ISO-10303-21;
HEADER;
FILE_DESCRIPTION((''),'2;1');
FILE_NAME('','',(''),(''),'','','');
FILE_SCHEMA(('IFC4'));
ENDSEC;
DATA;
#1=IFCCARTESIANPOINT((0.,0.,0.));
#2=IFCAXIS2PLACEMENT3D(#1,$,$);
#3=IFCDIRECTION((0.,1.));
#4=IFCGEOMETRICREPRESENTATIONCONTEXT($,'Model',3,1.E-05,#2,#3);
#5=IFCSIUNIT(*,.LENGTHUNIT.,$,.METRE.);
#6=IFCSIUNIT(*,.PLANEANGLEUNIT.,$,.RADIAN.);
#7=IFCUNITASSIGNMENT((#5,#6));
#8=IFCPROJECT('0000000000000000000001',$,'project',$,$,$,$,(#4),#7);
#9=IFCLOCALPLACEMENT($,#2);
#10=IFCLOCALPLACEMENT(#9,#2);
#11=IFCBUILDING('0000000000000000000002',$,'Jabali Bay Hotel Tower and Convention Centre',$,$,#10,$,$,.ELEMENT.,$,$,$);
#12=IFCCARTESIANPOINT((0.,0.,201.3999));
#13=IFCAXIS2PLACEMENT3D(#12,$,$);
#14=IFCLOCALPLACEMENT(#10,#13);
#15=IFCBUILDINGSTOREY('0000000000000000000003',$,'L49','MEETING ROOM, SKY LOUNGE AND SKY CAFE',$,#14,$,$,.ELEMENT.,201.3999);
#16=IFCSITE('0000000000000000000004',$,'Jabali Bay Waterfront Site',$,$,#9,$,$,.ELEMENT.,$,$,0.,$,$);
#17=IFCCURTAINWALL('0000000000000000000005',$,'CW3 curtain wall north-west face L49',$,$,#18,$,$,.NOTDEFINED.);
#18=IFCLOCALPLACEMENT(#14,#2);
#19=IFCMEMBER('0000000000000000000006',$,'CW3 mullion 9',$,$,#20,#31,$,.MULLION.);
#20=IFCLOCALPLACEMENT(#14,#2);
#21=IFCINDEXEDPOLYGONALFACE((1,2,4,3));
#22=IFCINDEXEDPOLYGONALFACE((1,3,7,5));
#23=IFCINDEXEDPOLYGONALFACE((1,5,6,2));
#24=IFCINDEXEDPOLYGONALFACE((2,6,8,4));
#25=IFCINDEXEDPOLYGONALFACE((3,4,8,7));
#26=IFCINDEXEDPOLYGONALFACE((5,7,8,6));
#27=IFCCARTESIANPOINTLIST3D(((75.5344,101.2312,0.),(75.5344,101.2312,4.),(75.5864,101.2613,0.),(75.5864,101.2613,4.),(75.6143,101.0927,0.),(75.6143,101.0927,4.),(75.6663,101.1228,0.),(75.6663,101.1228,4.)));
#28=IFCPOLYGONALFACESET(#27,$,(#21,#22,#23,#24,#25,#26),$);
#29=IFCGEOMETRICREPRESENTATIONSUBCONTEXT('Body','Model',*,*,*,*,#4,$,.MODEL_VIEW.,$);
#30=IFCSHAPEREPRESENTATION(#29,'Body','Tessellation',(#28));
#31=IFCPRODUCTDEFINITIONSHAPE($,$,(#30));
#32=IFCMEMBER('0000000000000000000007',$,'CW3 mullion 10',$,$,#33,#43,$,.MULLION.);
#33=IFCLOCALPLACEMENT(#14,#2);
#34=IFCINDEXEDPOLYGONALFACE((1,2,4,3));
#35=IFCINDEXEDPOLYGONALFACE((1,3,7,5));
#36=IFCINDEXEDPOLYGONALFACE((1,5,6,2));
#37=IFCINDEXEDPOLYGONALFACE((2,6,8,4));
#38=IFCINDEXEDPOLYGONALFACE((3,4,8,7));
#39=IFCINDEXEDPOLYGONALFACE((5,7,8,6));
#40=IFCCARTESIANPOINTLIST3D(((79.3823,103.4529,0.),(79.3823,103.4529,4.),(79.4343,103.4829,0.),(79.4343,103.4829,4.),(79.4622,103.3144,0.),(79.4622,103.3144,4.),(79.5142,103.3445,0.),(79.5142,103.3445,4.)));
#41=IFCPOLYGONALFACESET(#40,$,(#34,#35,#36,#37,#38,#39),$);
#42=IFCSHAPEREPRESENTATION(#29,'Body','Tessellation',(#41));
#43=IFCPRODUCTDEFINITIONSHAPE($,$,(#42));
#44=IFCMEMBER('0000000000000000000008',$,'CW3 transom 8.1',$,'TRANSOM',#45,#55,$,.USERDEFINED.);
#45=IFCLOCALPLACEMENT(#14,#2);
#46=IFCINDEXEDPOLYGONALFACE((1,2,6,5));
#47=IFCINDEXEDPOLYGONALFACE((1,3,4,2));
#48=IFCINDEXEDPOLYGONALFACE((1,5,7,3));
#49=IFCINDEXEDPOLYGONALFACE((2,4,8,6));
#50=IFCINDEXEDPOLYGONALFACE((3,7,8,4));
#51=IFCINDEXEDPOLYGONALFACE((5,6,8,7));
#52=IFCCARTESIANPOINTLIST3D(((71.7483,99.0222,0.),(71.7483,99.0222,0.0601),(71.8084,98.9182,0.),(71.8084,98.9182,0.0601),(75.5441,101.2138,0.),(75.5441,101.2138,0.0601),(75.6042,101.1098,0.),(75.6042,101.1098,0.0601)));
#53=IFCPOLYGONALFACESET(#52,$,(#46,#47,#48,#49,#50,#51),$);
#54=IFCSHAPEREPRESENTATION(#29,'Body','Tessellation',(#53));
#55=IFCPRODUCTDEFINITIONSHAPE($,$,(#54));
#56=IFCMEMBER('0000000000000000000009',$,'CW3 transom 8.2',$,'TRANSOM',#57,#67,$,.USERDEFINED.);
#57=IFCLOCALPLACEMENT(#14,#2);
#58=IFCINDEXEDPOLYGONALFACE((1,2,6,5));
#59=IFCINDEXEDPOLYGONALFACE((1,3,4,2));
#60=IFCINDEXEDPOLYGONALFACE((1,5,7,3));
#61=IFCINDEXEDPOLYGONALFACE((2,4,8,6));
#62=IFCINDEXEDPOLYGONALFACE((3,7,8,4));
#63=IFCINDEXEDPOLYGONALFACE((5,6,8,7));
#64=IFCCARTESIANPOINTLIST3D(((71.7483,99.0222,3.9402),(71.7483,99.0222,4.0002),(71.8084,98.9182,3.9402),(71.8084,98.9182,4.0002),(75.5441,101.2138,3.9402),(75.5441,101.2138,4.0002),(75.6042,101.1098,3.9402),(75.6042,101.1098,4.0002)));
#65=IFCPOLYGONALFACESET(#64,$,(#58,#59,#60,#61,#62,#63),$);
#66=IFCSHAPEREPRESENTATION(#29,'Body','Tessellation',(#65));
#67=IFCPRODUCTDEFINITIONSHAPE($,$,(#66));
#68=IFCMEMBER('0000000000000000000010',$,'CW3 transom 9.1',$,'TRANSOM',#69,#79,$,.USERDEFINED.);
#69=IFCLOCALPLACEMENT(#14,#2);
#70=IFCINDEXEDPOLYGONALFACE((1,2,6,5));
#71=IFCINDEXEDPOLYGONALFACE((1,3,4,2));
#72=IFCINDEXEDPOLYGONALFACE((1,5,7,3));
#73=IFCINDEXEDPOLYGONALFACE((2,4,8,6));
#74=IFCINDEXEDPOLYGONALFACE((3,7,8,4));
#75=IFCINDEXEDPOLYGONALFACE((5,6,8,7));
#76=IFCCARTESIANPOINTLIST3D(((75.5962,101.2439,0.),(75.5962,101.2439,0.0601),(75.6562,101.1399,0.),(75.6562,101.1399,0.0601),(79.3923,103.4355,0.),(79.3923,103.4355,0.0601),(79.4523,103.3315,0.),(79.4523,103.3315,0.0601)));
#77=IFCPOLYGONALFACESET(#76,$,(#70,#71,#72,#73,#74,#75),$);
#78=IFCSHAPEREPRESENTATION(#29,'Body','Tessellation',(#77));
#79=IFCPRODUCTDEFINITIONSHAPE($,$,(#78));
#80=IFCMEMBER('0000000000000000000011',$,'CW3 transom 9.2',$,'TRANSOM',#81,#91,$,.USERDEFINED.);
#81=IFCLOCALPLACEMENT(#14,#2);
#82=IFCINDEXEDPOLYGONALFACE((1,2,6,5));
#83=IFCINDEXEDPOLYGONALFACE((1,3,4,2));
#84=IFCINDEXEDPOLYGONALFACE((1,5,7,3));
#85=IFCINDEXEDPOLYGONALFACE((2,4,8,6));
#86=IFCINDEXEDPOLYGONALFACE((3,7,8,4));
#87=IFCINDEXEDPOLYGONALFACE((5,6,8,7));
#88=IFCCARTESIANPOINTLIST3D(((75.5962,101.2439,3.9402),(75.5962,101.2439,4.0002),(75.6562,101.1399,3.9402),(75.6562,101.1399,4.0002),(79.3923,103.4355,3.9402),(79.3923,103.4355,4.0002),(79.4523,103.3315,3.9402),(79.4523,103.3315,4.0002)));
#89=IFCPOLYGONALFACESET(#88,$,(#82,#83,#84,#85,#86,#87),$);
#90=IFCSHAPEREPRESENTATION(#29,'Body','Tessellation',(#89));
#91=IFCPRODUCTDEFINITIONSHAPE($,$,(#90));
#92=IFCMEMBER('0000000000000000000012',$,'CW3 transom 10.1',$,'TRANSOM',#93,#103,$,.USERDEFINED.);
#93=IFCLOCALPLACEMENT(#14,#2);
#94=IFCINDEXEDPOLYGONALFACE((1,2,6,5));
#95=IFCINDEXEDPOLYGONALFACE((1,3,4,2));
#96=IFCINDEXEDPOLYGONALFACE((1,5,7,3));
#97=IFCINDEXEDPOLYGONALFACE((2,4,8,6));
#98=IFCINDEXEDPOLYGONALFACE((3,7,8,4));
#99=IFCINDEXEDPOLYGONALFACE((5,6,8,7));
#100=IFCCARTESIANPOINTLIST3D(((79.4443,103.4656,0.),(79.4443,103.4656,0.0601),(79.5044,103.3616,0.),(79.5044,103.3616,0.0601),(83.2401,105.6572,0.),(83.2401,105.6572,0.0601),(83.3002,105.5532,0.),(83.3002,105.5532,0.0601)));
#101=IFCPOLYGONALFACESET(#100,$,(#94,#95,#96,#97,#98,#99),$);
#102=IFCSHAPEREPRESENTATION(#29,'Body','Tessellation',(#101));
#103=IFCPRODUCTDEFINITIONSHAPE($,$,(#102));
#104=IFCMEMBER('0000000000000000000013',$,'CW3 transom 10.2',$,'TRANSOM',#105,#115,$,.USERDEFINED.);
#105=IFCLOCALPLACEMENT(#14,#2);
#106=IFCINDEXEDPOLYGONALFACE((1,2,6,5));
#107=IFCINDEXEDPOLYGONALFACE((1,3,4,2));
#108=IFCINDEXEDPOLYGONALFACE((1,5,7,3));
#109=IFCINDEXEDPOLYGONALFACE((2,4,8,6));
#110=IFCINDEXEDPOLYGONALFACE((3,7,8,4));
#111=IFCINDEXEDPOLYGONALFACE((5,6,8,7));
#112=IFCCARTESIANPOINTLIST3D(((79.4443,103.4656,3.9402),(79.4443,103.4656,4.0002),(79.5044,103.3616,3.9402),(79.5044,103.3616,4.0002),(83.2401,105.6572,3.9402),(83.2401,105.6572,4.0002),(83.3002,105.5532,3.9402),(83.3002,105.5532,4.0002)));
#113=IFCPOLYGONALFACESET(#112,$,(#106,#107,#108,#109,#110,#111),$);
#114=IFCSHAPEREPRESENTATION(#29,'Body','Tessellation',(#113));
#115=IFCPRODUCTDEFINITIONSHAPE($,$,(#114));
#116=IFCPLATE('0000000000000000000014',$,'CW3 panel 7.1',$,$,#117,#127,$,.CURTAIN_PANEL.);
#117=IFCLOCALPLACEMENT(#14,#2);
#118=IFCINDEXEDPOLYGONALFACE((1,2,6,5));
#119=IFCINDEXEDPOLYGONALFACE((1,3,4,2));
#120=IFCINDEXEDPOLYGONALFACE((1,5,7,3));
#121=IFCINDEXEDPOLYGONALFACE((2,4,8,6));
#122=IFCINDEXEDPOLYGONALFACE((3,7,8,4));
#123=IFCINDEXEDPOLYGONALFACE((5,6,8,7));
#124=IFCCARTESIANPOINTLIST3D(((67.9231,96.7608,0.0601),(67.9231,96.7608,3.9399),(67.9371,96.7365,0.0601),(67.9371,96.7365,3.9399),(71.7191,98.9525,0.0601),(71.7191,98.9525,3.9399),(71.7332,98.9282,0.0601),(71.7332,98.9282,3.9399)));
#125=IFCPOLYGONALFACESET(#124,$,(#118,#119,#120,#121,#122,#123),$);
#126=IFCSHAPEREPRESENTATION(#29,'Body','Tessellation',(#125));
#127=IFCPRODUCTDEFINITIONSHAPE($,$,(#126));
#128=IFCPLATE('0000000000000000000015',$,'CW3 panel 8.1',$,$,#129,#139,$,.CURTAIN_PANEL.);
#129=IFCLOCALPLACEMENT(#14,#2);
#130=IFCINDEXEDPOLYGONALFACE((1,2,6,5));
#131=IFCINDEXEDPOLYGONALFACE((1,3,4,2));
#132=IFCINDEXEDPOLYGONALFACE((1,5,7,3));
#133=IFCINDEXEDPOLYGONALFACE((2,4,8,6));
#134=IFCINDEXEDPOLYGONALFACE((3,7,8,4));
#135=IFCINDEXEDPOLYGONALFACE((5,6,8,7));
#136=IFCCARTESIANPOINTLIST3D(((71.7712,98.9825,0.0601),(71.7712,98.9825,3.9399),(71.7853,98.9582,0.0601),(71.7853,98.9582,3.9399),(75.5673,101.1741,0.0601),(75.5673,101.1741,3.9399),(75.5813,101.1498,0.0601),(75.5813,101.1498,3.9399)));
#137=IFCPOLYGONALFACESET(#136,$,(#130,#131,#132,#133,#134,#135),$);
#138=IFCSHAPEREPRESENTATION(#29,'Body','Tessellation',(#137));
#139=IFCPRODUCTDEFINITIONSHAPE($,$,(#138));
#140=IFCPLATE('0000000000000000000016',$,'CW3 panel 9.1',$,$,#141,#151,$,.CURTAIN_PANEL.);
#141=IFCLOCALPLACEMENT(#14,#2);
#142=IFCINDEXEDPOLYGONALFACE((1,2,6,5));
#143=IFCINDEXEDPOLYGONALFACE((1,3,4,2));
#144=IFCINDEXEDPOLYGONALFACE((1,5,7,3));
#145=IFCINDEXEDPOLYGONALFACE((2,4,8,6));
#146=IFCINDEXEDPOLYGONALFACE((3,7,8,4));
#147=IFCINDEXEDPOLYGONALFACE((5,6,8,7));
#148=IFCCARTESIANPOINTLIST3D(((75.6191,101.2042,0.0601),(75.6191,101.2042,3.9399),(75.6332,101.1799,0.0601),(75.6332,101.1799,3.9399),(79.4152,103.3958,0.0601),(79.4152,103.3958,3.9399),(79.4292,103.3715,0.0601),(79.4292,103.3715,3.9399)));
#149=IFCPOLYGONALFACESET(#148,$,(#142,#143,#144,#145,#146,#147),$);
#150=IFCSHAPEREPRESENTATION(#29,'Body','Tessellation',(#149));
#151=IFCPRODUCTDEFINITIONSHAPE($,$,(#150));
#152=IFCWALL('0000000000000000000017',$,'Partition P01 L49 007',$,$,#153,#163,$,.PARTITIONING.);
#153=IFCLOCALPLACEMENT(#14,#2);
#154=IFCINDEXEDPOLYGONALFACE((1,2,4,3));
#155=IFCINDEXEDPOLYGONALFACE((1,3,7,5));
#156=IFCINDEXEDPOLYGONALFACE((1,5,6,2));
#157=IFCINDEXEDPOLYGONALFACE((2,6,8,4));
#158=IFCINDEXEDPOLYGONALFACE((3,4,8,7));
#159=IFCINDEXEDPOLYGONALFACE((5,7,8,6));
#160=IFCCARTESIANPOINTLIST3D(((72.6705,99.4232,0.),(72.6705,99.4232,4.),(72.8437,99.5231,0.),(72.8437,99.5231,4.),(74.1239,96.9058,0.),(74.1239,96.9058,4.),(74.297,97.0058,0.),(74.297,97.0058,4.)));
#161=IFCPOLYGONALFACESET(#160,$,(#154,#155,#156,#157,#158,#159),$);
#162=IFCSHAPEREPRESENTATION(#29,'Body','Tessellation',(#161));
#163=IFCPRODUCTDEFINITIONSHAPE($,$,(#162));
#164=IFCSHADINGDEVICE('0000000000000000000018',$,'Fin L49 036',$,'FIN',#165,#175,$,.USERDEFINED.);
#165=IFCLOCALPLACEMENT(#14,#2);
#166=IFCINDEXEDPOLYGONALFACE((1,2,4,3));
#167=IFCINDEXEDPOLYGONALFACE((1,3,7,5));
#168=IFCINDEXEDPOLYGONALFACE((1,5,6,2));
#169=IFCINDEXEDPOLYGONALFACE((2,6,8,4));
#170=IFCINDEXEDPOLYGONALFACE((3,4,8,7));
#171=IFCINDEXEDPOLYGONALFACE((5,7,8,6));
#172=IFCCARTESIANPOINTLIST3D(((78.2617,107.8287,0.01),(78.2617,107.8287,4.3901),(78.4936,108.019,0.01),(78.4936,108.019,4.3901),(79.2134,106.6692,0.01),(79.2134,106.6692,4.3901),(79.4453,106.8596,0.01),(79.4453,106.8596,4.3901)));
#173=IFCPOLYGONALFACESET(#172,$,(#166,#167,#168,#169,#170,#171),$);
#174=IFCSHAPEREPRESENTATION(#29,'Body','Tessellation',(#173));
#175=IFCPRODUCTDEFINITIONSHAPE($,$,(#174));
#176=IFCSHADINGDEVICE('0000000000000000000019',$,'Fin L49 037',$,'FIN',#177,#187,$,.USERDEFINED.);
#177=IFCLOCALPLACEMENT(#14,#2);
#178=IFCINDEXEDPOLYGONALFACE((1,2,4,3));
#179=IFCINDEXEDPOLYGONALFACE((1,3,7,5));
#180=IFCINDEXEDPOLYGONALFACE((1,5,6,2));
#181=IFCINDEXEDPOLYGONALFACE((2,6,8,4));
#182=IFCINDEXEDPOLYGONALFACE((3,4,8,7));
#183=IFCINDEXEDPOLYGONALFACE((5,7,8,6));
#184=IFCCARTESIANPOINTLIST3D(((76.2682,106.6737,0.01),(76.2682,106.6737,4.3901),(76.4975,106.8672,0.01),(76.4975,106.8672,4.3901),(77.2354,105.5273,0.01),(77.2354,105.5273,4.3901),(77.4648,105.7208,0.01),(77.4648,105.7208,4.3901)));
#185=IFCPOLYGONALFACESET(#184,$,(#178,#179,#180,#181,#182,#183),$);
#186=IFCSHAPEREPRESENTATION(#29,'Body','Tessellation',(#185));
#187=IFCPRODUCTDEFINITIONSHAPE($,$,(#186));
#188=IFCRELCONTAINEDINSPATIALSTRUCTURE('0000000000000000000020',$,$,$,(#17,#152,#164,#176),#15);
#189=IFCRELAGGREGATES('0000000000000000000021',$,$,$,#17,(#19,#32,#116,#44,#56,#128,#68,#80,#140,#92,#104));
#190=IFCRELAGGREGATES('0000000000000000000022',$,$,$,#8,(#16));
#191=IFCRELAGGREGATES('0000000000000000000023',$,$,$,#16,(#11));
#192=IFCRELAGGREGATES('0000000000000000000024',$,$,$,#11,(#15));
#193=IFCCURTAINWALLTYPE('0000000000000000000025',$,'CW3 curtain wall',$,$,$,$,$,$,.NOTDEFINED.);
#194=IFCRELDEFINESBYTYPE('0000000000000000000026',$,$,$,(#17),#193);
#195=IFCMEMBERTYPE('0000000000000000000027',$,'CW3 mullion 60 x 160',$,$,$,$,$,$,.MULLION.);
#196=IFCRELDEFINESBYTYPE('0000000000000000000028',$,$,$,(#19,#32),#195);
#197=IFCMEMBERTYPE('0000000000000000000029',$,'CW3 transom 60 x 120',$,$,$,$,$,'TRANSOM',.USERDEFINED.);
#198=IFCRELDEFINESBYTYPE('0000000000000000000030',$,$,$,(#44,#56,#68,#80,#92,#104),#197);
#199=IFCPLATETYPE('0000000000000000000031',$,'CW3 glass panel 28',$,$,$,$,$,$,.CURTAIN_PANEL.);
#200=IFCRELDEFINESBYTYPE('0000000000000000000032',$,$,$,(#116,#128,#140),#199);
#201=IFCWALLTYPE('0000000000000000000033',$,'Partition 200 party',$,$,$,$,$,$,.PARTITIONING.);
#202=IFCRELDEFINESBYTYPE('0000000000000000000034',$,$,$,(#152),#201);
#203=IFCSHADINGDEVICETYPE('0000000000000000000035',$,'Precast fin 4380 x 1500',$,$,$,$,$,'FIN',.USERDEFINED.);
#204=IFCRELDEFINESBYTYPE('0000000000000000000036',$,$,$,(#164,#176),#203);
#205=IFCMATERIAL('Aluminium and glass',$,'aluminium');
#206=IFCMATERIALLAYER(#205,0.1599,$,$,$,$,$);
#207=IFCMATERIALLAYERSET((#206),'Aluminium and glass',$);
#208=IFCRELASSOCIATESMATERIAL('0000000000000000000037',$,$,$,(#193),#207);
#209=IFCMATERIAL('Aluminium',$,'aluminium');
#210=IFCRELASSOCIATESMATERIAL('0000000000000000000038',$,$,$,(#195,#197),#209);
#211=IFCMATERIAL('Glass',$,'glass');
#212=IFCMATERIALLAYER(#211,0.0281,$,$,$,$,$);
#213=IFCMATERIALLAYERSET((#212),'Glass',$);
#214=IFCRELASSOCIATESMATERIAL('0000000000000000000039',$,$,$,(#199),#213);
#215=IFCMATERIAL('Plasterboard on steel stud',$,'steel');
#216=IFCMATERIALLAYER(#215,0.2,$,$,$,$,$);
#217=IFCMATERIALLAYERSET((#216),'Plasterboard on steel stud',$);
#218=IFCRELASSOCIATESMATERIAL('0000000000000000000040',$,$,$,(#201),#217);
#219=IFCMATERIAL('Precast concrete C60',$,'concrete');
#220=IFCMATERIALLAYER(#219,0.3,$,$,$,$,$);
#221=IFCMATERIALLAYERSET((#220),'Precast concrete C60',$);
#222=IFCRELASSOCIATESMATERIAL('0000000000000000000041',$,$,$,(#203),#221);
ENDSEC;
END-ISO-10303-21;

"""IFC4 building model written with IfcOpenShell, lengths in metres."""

from ifc_helpers import new_model, si_unit, direction, frame, frame_2d, origin, origin_2d, place, context, subcontext, project, spatial, rectangle, extrude, material, layer, layer_set, material_profile, profile_set, type_object, element, aggregate, save


model = new_model("IFC4")

# Units and contexts
model_context = context("Model", 3, precision=1e-05, world=origin(), true_north=direction((0.0, 1.0)))
body_context = subcontext(model_context, "Body", "Model", "MODEL_VIEW")
ifc_project = project(units=[si_unit("LENGTHUNIT", "METRE"), si_unit("PLANEANGLEUNIT", "RADIAN")], contexts=[model_context])

# Site, building, storey
site_placement = place(None, origin())
site = spatial("IfcSite", under=ifc_project, at=site_placement, Name="Jabali Bay Waterfront Site", CompositionType="ELEMENT", RefElevation=0.0)
building_placement = place(site_placement, origin())
building = spatial("IfcBuilding", under=site, at=building_placement, Name="Jabali Bay Hotel Tower and Convention Centre", CompositionType="ELEMENT")
storey_placement = place(building_placement, frame((0.0, 0.0, 201.3999)))
storey = spatial("IfcBuildingStorey", under=building, at=storey_placement, Name="L49", Description="MEETING ROOM, SKY LOUNGE AND SKY CAFE", CompositionType="ELEMENT", Elevation=201.3999)

# Curtain wall, members, plates
ifc_material_1 = material(Name="Aluminium and glass", Category="aluminium")
ifc_layer_1 = layer(ifc_material_1, 0.1599)
ifc_layer_set_1 = layer_set([ifc_layer_1], Name="Aluminium and glass")
curtain_wall_type = type_object("IfcCurtainWallType", Name="CW3 curtain wall", PredefinedType="NOTDEFINED", material=ifc_layer_set_1)
curtain_wall_placement = place(storey_placement, origin())
curtain_wall = element("IfcCurtainWall", 1, at=curtain_wall_placement, inside=storey, type_object=curtain_wall_type, Name="CW3 curtain wall north-west face L49", PredefinedType="NOTDEFINED")
ifc_material_2 = material(Name="Aluminium", Category="aluminium")
ifc_material_profile_1 = material_profile(ifc_material_2, rectangle(XDim=0.1599, YDim=0.0601, at=origin_2d()), Name="CW3 mullion 60 x 160")
ifc_profile_set_1 = profile_set([ifc_material_profile_1], Name="Aluminium")
member_type_1 = type_object("IfcMemberType", Name="CW3 mullion 60 x 160", PredefinedType="MULLION", material=ifc_profile_set_1)
member_1_placement = place(storey_placement, frame((75.6003, 101.177, 0.0), z_axis=(0.0, 0.0, 1.0), x_axis=(-0.5, 0.866025, 0.0)))
member_1 = element("IfcMember", 2, at=member_1_placement, type_object=member_type_1, Name="CW3 mullion 9", PredefinedType="MULLION", context=body_context, shape_type="SweptSolid", body=[
    extrude(rectangle(XDim=0.1599, YDim=0.0601, at=origin_2d()), origin(), (0.0, 0.0, 1.0), 4.0),
])
member_2_placement = place(storey_placement, frame((79.4482, 103.3987, 0.0), z_axis=(0.0, 0.0, 1.0), x_axis=(-0.5, 0.866025, 0.0)))
member_2 = element("IfcMember", 3, at=member_2_placement, type_object=member_type_1, Name="CW3 mullion 10", PredefinedType="MULLION", context=body_context, shape_type="SweptSolid", body=[
    extrude(rectangle(XDim=0.1599, YDim=0.0601, at=origin_2d()), origin(), (0.0, 0.0, 1.0), 4.0),
])
ifc_material_profile_2 = material_profile(ifc_material_2, rectangle(XDim=0.1201, YDim=0.0601, at=origin_2d()), Name="CW3 transom 60 x 120")
ifc_profile_set_2 = profile_set([ifc_material_profile_2], Name="Aluminium")
member_type_2 = type_object("IfcMemberType", Name="CW3 transom 60 x 120", ElementType="TRANSOM", PredefinedType="USERDEFINED", material=ifc_profile_set_2)
member_3_placement = place(storey_placement, frame((71.7783, 98.9702, 0.03), z_axis=(0.866017, 0.500015, 0.0), x_axis=(-0.500015, 0.866017, 0.0)))
member_3 = element("IfcMember", 4, at=member_3_placement, type_object=member_type_2, Name="CW3 transom 8.1", ObjectType="TRANSOM", PredefinedType="USERDEFINED", context=body_context, shape_type="SweptSolid", body=[
    extrude(rectangle(XDim=0.1201, YDim=0.0601, at=origin_2d()), origin(), (0.0, 0.0, 1.0), 4.3831),
])
member_4_placement = place(storey_placement, frame((71.7783, 98.9702, 3.9702), z_axis=(0.866017, 0.500015, 0.0), x_axis=(-0.500015, 0.866017, 0.0)))
member_4 = element("IfcMember", 5, at=member_4_placement, type_object=member_type_2, Name="CW3 transom 8.2", ObjectType="TRANSOM", PredefinedType="USERDEFINED", context=body_context, shape_type="SweptSolid", body=[
    extrude(rectangle(XDim=0.1201, YDim=0.0601, at=origin_2d()), origin(), (0.0, 0.0, 1.0), 4.3831),
])
member_5_placement = place(storey_placement, frame((75.6262, 101.1919, 0.03), z_axis=(0.866031, 0.499991, 0.0), x_axis=(-0.499991, 0.866031, 0.0)))
member_5 = element("IfcMember", 6, at=member_5_placement, type_object=member_type_2, Name="CW3 transom 9.1", ObjectType="TRANSOM", PredefinedType="USERDEFINED", context=body_context, shape_type="SweptSolid", body=[
    extrude(rectangle(XDim=0.1201, YDim=0.0601, at=origin_2d()), origin(), (0.0, 0.0, 1.0), 4.3833),
])
member_6_placement = place(storey_placement, frame((75.6262, 101.1919, 3.9702), z_axis=(0.866031, 0.499991, 0.0), x_axis=(-0.499991, 0.866031, 0.0)))
member_6 = element("IfcMember", 7, at=member_6_placement, type_object=member_type_2, Name="CW3 transom 9.2", ObjectType="TRANSOM", PredefinedType="USERDEFINED", context=body_context, shape_type="SweptSolid", body=[
    extrude(rectangle(XDim=0.1201, YDim=0.0601, at=origin_2d()), origin(), (0.0, 0.0, 1.0), 4.3833),
])
member_7_placement = place(storey_placement, frame((79.4744, 103.4136, 0.03), z_axis=(0.866017, 0.500015, 0.0), x_axis=(-0.500015, 0.866017, 0.0)))
member_7 = element("IfcMember", 8, at=member_7_placement, type_object=member_type_2, Name="CW3 transom 10.1", ObjectType="TRANSOM", PredefinedType="USERDEFINED", context=body_context, shape_type="SweptSolid", body=[
    extrude(rectangle(XDim=0.1201, YDim=0.0601, at=origin_2d()), origin(), (0.0, 0.0, 1.0), 4.3831),
])
member_8_placement = place(storey_placement, frame((79.4744, 103.4136, 3.9702), z_axis=(0.866017, 0.500015, 0.0), x_axis=(-0.500015, 0.866017, 0.0)))
member_8 = element("IfcMember", 9, at=member_8_placement, type_object=member_type_2, Name="CW3 transom 10.2", ObjectType="TRANSOM", PredefinedType="USERDEFINED", context=body_context, shape_type="SweptSolid", body=[
    extrude(rectangle(XDim=0.1201, YDim=0.0601, at=origin_2d()), origin(), (0.0, 0.0, 1.0), 4.3831),
])
ifc_material_3 = material(Name="Glass", Category="glass")
ifc_layer_2 = layer(ifc_material_3, 0.0281)
ifc_layer_set_2 = layer_set([ifc_layer_2], Name="Glass")
plate_type = type_object("IfcPlateType", Name="CW3 glass panel 28", PredefinedType="CURTAIN_PANEL", material=ifc_layer_set_2)
plate_1_placement = place(storey_placement, frame((69.8281, 97.8445, 0.0601), z_axis=(0.0, 0.0, 1.0), x_axis=(0.866025, 0.5, 0.0)))
plate_1 = element("IfcPlate", 10, at=plate_1_placement, type_object=plate_type, Name="CW3 panel 7.1", PredefinedType="CURTAIN_PANEL", context=body_context, shape_type="SweptSolid", body=[
    extrude(rectangle(XDim=4.3833, YDim=0.0281, at=origin_2d()), origin(), (0.0, 0.0, 1.0), 3.8799),
])
plate_2_placement = place(storey_placement, frame((73.6763, 100.0662, 0.0601), z_axis=(0.0, 0.0, 1.0), x_axis=(0.866025, 0.5, 0.0)))
plate_2 = element("IfcPlate", 11, at=plate_2_placement, type_object=plate_type, Name="CW3 panel 8.1", PredefinedType="CURTAIN_PANEL", context=body_context, shape_type="SweptSolid", body=[
    extrude(rectangle(XDim=4.3833, YDim=0.0281, at=origin_2d()), origin(), (0.0, 0.0, 1.0), 3.8799),
])
plate_3_placement = place(storey_placement, frame((77.5242, 102.2878, 0.0601), z_axis=(0.0, 0.0, 1.0), x_axis=(0.866025, 0.5, 0.0)))
plate_3 = element("IfcPlate", 12, at=plate_3_placement, type_object=plate_type, Name="CW3 panel 9.1", PredefinedType="CURTAIN_PANEL", context=body_context, shape_type="SweptSolid", body=[
    extrude(rectangle(XDim=4.3833, YDim=0.0281, at=origin_2d()), origin(), (0.0, 0.0, 1.0), 3.8799),
])
aggregate(curtain_wall, [member_1, member_2, plate_1, member_3, member_4, plate_2, member_5, member_6, plate_3, member_7, member_8])

# Wall
ifc_material_4 = material(Name="Plasterboard on steel stud", Category="steel")
ifc_layer_3 = layer(ifc_material_4, 0.2)
ifc_layer_set_3 = layer_set([ifc_layer_3], Name="Plasterboard on steel stud")
wall_type = type_object("IfcWallType", Name="Partition 200 party", PredefinedType="PARTITIONING", material=ifc_layer_set_3)
wall_placement = place(storey_placement, frame((72.7571, 99.4731, 0.0), z_axis=(0.0, 0.0, 1.0), x_axis=(0.499996, -0.866028, 0.0)))
element("IfcWall", 13, at=wall_placement, inside=storey, type_object=wall_type, Name="Partition P01 L49 007", PredefinedType="PARTITIONING", context=body_context, shape_type="SweptSolid", body=[
    extrude(rectangle(XDim=2.9067, YDim=0.2, at=frame_2d((1.4534, 0.0))), origin(), (0.0, 0.0, 1.0), 4.0),
])

# Shading devices
ifc_material_5 = material(Name="Precast concrete C60", Category="concrete")
ifc_layer_4 = layer(ifc_material_5, 0.3)
ifc_layer_set_4 = layer_set([ifc_layer_4], Name="Precast concrete C60")
shading_device_type = type_object("IfcShadingDeviceType", Name="Precast fin 4380 x 1500", ElementType="FIN", PredefinedType="USERDEFINED", material=ifc_layer_set_4)
for number, where, z_axis, x_axis, name in (
    (14, (79.3293, 106.7644, 0.01), (0.0, 0.0, 1.0), (-0.634451, 0.772963, 0.0), "Fin L49 036"),
    (15, (77.3501, 105.624, 0.01), (0.0, 0.0, 1.0), (-0.644847, 0.764312, 0.0), "Fin L49 037"),
):
    element("IfcShadingDevice", number, at=place(storey_placement, frame(where, z_axis=z_axis, x_axis=x_axis)), inside=storey, type_object=shading_device_type, Name=name, ObjectType="FIN", PredefinedType="USERDEFINED", context=body_context, shape_type="SweptSolid", body=[
        extrude(rectangle(XDim=1.5, YDim=0.3, at=frame_2d((0.75, 0.0))), origin(), (0.0, 0.0, 1.0), 4.3801),
    ])

save(model, "model.ifc")
